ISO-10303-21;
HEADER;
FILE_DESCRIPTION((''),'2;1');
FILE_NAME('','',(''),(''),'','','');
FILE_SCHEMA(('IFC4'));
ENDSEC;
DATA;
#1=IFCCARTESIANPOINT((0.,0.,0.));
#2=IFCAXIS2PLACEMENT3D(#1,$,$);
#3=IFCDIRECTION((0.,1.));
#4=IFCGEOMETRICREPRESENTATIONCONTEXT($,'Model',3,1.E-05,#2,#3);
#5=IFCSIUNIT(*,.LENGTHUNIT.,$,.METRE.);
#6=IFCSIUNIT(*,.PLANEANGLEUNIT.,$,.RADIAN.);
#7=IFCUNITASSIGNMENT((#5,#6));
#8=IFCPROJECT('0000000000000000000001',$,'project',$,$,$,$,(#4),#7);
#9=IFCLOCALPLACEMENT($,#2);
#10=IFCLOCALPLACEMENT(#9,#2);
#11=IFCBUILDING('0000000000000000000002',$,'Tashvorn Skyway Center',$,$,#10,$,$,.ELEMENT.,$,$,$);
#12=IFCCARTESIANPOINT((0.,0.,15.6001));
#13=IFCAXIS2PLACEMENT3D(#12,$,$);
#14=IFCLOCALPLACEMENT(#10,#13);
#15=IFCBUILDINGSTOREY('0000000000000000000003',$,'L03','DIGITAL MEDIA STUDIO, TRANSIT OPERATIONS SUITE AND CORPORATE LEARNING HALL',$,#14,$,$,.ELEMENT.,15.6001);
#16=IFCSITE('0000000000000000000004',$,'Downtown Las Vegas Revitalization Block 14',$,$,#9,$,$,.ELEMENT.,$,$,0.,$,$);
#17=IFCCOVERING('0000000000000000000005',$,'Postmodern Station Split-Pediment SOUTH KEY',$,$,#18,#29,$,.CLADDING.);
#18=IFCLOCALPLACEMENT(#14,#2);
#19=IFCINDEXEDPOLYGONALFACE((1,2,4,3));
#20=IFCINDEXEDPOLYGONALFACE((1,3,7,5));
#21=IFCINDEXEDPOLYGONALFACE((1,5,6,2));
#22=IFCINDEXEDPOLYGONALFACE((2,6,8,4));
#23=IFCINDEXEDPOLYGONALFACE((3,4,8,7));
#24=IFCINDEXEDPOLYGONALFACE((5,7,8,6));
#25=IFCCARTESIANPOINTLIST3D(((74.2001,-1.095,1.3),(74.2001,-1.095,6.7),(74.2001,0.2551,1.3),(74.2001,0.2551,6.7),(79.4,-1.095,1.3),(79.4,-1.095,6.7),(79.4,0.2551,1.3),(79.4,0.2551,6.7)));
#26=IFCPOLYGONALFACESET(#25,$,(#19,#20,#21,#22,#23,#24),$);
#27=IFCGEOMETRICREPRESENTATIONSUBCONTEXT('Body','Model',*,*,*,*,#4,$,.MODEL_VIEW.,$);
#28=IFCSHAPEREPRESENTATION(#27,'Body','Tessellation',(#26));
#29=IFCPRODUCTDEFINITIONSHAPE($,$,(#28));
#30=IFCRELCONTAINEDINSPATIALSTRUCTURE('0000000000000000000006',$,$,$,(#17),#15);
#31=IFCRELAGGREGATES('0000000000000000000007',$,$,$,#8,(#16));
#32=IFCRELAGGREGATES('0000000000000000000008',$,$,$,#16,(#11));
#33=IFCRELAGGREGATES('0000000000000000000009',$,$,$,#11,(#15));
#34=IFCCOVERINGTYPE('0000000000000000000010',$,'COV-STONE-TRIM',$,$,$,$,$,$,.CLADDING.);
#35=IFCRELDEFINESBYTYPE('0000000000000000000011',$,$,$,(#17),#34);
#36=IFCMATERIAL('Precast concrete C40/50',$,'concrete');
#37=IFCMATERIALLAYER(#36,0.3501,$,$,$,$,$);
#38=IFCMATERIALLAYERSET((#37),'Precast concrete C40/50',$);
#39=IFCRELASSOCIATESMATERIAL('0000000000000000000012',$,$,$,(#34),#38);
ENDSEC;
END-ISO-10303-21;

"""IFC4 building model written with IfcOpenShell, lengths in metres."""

from ifc_helpers import new_model, si_unit, direction, frame, origin, origin_2d, place, context, subcontext, project, spatial, rectangle, extrude, material, layer, layer_set, type_object, element, save


model = new_model("IFC4")

# Units and contexts
model_context = context("Model", 3, precision=1e-05, world=origin(), true_north=direction((0.0, 1.0)))
body_context = subcontext(model_context, "Body", "Model", "MODEL_VIEW")
ifc_project = project(units=[si_unit("LENGTHUNIT", "METRE"), si_unit("PLANEANGLEUNIT", "RADIAN")], contexts=[model_context])

# Site, building, storey
site_placement = place(None, origin())
site = spatial("IfcSite", under=ifc_project, at=site_placement, Name="Downtown Las Vegas Revitalization Block 14", CompositionType="ELEMENT", RefElevation=0.0)
building_placement = place(site_placement, origin())
building = spatial("IfcBuilding", under=site, at=building_placement, Name="Tashvorn Skyway Center", CompositionType="ELEMENT")
storey_placement = place(building_placement, frame((0.0, 0.0, 15.6001)))
storey = spatial("IfcBuildingStorey", under=building, at=storey_placement, Name="L03", Description="DIGITAL MEDIA STUDIO, TRANSIT OPERATIONS SUITE AND CORPORATE LEARNING HALL", CompositionType="ELEMENT", Elevation=15.6001)

# Covering
ifc_material_1 = material(Name="Precast concrete C40/50", Category="concrete")
ifc_layer_1 = layer(ifc_material_1, 0.3501)
ifc_layer_set_1 = layer_set([ifc_layer_1], Name="Precast concrete C40/50")
covering_type = type_object("IfcCoveringType", Name="COV-STONE-TRIM", PredefinedType="CLADDING", material=ifc_layer_set_1)
covering_placement = place(storey_placement, frame((76.8, -0.4199, 1.3), z_axis=(0.0, 0.0, 1.0), x_axis=(1.0, 0.0, 0.0)))
element("IfcCovering", 1, at=covering_placement, inside=storey, type_object=covering_type, Name="Postmodern Station Split-Pediment SOUTH KEY", PredefinedType="CLADDING", context=body_context, shape_type="SweptSolid", body=[
    extrude(rectangle(XDim=5.2, YDim=1.3501, at=origin_2d()), origin(), (0.0, 0.0, 1.0), 5.3999),
])

save(model, "model.ifc")
